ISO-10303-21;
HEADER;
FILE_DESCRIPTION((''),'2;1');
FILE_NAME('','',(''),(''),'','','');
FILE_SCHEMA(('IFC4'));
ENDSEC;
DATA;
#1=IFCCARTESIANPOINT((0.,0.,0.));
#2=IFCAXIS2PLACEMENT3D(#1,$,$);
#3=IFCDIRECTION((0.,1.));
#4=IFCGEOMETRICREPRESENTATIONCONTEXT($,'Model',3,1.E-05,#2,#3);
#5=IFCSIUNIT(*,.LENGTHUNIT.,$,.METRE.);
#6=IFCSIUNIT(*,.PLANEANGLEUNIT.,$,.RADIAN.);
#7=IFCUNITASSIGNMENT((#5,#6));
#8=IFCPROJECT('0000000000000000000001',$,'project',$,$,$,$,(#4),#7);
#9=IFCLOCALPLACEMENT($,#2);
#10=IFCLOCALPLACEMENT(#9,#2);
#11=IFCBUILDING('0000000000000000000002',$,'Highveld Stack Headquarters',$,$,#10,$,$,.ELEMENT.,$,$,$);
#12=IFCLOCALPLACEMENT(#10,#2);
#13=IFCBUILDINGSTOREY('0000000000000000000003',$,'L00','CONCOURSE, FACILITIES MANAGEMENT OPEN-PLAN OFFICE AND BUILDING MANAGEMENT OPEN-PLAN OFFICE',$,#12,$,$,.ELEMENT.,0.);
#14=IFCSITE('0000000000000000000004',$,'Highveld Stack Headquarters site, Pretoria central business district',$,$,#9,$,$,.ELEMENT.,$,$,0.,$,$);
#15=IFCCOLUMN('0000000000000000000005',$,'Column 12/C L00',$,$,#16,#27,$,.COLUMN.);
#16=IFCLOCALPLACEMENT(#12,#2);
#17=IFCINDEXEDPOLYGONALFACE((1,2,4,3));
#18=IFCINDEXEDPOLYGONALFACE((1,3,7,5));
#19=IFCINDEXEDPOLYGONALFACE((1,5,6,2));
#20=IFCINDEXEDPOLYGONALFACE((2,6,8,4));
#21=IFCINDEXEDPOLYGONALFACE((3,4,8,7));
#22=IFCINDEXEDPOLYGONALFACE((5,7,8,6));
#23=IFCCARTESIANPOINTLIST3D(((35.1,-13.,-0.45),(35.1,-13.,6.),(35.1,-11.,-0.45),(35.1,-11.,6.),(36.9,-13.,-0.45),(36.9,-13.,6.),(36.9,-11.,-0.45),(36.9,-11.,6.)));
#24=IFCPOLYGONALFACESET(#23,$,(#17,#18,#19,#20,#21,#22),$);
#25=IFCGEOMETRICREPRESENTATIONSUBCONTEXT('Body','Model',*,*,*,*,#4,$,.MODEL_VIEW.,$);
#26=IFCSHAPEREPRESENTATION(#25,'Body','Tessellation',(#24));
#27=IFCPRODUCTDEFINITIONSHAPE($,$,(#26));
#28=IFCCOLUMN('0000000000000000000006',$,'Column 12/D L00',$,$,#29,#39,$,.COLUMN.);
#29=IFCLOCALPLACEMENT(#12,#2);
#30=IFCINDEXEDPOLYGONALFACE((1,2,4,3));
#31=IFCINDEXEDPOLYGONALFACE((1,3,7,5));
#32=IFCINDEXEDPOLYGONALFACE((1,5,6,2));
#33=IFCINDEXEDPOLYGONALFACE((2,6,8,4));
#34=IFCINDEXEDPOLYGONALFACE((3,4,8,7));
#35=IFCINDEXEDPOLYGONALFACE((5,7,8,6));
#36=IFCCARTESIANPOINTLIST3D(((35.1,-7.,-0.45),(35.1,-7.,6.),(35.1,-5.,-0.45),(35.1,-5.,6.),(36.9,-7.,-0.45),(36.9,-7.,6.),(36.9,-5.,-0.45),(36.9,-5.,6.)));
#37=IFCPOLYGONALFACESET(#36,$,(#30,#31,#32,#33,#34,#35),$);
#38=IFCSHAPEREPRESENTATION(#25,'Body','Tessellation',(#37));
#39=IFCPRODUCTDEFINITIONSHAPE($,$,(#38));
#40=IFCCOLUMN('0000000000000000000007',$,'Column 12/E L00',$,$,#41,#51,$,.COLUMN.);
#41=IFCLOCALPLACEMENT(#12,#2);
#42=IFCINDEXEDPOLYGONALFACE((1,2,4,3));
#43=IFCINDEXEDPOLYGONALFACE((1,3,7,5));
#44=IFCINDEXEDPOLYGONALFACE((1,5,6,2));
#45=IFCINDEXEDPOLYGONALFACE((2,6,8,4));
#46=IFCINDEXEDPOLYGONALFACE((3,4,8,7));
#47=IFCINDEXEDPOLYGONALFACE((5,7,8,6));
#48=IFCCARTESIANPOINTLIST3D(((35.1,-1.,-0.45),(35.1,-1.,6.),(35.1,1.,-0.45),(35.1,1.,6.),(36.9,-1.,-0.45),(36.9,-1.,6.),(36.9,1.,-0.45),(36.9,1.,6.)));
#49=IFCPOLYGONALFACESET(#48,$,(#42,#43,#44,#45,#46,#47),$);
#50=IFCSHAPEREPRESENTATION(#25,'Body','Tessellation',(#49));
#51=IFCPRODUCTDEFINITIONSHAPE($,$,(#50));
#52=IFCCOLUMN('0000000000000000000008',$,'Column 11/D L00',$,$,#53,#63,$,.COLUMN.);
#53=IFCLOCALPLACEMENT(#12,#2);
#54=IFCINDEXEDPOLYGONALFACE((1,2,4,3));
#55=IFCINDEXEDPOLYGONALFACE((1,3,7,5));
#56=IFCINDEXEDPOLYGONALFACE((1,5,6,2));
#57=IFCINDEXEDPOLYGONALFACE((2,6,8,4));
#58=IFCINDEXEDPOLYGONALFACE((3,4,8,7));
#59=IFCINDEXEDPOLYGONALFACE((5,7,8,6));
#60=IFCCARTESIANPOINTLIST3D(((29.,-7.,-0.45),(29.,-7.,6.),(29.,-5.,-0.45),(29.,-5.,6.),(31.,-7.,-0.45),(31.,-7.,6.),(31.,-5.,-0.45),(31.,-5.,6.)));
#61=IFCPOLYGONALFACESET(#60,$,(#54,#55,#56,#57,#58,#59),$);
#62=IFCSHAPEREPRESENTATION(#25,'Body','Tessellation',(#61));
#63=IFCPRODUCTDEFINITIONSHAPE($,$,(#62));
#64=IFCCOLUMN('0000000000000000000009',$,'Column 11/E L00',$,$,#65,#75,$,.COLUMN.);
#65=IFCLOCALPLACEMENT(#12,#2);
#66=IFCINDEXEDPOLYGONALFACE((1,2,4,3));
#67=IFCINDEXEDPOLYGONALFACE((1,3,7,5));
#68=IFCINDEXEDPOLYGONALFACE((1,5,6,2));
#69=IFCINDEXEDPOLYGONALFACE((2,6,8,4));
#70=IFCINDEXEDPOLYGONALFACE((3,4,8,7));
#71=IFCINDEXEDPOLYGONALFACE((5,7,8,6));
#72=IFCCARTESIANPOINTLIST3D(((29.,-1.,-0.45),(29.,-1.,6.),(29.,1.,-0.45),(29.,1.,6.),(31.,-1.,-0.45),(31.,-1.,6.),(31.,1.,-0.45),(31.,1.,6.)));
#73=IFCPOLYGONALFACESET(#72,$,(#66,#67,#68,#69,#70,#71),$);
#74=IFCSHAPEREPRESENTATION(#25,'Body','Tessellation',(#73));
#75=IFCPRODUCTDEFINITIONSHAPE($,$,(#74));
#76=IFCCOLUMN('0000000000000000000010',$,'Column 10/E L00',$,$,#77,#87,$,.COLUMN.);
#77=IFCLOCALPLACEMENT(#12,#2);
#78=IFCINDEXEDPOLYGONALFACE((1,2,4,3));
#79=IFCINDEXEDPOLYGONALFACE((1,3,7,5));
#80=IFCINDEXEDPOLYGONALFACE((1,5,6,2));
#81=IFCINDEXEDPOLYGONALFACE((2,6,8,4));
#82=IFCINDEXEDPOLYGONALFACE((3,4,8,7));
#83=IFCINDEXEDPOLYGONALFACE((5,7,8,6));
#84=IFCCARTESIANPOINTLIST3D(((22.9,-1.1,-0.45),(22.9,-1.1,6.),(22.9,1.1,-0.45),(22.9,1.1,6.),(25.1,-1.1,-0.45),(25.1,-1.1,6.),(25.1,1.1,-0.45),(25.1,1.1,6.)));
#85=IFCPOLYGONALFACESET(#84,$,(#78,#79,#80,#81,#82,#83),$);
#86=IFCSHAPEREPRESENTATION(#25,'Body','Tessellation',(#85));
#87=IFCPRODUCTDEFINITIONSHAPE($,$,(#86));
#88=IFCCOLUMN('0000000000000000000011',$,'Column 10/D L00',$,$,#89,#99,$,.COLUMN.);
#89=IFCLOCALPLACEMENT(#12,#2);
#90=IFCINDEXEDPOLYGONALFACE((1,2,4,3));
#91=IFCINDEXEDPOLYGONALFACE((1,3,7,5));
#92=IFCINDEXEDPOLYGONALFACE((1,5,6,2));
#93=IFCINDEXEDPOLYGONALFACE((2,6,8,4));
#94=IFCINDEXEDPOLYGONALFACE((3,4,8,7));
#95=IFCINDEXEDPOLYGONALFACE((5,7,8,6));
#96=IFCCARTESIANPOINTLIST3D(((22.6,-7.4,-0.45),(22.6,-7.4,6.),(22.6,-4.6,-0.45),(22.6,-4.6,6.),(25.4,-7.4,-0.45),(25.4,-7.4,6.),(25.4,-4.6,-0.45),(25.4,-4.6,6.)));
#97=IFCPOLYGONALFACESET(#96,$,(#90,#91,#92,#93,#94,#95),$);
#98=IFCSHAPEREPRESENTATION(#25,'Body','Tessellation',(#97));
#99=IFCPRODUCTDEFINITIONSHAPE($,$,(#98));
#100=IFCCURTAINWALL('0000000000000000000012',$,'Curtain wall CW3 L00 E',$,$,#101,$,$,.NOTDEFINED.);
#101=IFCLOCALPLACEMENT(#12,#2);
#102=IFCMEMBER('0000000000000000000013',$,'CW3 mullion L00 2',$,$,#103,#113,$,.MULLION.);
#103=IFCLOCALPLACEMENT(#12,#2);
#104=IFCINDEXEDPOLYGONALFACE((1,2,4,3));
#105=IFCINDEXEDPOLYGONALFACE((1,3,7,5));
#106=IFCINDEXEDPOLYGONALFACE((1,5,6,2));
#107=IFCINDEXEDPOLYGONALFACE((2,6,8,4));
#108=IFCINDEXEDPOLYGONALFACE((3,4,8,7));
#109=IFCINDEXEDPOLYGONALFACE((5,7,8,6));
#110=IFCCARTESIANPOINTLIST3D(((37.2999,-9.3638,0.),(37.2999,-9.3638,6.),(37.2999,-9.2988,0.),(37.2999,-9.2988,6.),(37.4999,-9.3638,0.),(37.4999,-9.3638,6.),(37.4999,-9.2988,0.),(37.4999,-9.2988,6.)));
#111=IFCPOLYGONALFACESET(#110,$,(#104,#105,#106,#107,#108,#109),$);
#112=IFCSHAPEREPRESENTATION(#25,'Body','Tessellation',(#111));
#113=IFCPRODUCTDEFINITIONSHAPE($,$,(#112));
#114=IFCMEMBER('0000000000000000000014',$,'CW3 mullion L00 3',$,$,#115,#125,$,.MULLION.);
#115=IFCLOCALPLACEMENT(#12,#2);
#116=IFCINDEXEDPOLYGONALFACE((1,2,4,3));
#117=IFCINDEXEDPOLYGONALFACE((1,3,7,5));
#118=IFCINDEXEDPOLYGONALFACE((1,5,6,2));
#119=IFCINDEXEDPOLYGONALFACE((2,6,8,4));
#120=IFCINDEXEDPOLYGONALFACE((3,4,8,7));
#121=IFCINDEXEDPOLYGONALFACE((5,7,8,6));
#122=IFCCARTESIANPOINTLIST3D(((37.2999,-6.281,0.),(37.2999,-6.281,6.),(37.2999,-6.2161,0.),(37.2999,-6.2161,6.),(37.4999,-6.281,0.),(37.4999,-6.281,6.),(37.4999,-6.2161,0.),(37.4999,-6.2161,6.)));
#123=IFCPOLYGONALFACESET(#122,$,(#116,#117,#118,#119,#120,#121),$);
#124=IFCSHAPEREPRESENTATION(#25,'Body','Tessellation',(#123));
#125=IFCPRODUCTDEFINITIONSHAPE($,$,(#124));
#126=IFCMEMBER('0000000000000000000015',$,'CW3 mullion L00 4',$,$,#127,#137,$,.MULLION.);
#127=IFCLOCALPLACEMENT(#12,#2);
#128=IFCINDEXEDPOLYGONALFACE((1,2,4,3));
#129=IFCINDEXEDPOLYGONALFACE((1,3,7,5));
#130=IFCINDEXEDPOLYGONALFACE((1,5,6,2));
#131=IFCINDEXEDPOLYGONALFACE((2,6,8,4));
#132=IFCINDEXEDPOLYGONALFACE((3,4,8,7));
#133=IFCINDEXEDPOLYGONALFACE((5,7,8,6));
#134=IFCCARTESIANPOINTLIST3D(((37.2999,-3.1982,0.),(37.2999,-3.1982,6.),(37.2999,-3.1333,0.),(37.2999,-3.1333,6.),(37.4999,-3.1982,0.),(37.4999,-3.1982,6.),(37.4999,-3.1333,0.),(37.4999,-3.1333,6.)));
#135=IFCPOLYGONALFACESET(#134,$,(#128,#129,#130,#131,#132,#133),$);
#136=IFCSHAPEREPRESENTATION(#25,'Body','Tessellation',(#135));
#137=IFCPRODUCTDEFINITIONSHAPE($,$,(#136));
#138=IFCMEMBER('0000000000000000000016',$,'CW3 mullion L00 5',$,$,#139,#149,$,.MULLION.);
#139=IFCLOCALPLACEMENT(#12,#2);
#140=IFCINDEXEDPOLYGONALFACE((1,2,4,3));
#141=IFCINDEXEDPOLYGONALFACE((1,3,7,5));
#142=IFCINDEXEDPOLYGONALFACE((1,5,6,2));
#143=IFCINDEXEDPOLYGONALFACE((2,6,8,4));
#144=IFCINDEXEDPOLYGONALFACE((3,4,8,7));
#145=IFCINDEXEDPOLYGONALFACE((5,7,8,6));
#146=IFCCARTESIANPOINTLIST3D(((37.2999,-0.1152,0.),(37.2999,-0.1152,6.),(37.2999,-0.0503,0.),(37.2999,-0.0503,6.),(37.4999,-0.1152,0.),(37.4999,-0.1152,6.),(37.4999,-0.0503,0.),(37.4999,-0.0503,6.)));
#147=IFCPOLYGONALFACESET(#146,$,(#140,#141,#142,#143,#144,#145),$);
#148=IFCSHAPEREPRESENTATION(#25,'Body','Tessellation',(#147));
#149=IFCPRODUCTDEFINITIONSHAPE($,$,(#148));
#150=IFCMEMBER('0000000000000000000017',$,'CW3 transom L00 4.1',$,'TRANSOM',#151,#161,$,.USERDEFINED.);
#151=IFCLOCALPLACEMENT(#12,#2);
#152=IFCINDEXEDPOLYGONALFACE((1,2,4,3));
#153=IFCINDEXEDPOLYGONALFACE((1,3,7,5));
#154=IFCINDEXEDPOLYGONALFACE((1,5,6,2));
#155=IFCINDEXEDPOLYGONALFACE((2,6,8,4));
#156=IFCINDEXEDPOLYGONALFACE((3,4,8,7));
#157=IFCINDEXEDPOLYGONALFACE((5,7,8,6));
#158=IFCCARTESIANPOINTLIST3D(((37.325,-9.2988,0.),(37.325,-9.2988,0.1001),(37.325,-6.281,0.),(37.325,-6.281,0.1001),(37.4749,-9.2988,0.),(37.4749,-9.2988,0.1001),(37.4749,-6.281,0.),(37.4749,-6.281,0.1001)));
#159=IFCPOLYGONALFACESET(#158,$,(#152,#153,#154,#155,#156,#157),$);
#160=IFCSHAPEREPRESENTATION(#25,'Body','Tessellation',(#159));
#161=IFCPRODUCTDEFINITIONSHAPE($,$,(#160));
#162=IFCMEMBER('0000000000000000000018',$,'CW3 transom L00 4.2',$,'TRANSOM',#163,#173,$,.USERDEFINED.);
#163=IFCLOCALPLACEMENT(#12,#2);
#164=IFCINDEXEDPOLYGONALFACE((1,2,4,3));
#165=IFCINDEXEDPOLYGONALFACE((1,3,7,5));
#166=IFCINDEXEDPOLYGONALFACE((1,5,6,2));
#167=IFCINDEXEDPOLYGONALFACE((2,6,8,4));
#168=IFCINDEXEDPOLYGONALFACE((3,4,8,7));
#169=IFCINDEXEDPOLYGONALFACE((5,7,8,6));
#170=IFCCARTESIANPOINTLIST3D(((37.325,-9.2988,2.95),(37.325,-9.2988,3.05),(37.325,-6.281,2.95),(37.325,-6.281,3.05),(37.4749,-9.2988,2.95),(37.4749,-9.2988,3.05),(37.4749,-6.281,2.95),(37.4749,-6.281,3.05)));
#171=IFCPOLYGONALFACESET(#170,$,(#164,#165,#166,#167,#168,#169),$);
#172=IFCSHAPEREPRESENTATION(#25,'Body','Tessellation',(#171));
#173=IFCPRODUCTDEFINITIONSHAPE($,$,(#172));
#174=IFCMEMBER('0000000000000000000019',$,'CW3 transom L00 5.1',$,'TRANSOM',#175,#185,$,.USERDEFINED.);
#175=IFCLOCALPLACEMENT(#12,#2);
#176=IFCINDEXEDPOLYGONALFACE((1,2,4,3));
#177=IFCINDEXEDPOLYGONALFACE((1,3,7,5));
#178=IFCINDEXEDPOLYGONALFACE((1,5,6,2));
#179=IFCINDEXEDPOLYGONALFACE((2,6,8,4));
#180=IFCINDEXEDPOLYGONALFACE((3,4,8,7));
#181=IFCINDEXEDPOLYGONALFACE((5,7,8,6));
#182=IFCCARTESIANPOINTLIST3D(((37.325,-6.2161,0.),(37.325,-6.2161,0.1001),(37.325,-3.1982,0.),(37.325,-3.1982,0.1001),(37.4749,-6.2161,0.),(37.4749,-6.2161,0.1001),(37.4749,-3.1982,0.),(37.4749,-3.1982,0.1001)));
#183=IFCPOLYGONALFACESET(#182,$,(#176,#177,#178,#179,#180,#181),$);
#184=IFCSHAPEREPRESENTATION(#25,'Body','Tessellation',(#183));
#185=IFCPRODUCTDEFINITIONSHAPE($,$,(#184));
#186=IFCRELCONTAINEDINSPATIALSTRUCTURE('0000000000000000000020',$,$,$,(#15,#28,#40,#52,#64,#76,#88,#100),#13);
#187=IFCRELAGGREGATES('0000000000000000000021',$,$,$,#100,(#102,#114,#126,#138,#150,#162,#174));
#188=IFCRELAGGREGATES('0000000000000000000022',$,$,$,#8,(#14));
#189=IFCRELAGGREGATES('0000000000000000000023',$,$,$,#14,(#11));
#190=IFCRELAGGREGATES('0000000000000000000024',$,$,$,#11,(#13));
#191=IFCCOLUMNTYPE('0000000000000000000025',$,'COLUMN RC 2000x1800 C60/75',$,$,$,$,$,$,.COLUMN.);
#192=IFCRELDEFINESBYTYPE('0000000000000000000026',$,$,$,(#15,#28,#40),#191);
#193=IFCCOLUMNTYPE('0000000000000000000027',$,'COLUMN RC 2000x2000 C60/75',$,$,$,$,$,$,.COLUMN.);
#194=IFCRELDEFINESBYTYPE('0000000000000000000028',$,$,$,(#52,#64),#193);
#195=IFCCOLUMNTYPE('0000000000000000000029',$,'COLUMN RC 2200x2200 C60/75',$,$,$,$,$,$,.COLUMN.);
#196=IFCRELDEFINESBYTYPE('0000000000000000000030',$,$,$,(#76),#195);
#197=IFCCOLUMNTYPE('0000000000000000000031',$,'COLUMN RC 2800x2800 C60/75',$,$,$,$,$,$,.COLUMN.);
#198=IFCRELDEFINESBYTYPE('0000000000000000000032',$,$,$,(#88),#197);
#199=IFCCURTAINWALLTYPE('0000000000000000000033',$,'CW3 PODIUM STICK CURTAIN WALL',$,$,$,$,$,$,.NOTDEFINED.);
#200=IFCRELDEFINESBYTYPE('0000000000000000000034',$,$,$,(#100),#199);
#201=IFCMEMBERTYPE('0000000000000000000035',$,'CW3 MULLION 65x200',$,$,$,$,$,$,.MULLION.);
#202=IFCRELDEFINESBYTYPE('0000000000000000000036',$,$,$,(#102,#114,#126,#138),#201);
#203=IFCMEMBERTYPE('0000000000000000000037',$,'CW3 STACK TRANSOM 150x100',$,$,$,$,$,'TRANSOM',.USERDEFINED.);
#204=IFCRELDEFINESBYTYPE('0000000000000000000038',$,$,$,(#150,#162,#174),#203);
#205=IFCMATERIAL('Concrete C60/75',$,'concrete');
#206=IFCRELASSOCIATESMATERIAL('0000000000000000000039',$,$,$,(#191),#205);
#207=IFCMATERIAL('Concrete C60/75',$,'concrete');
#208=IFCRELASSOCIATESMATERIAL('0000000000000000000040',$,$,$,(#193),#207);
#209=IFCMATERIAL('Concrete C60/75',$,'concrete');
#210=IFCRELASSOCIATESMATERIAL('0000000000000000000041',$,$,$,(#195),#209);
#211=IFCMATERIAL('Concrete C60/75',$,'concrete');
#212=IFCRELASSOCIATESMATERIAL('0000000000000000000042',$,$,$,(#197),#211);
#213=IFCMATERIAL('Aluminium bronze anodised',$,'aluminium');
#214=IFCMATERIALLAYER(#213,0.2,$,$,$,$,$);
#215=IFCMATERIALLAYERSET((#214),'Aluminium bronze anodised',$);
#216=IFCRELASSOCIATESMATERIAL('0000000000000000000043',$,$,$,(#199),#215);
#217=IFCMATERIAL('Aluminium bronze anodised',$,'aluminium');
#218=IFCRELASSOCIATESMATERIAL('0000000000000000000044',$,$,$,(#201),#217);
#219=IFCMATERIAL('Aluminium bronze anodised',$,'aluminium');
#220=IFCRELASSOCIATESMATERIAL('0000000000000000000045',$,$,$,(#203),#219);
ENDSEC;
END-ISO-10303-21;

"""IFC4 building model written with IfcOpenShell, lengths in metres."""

from ifc_helpers import new_model, si_unit, direction, frame, origin, origin_2d, place, context, subcontext, project, spatial, rectangle, extrude, material, layer, layer_set, material_profile, profile_set, type_object, element, aggregate, save


model = new_model("IFC4")

# Units and contexts
model_context = context("Model", 3, precision=1e-05, world=origin(), true_north=direction((0.0, 1.0)))
body_context = subcontext(model_context, "Body", "Model", "MODEL_VIEW")
ifc_project = project(units=[si_unit("LENGTHUNIT", "METRE"), si_unit("PLANEANGLEUNIT", "RADIAN")], contexts=[model_context])

# Site, building, storey
site_placement = place(None, origin())
site = spatial("IfcSite", under=ifc_project, at=site_placement, Name="Highveld Stack Headquarters site, Pretoria central business district", CompositionType="ELEMENT", RefElevation=0.0)
building_placement = place(site_placement, origin())
building = spatial("IfcBuilding", under=site, at=building_placement, Name="Highveld Stack Headquarters", CompositionType="ELEMENT")
storey_placement = place(building_placement, origin())
storey = spatial("IfcBuildingStorey", under=building, at=storey_placement, Name="L00", Description="CONCOURSE, FACILITIES MANAGEMENT OPEN-PLAN OFFICE AND BUILDING MANAGEMENT OPEN-PLAN OFFICE", CompositionType="ELEMENT", Elevation=0.0)

# Columns
ifc_material_1 = material(Name="Concrete C60/75", Category="concrete")
ifc_material_profile_1 = material_profile(ifc_material_1, rectangle(XDim=2.0, YDim=1.8, at=origin_2d()), Name="RC 2000x1800")
ifc_profile_set_1 = profile_set([ifc_material_profile_1], Name="Concrete C60/75")
column_type_1 = type_object("IfcColumnType", Name="COLUMN RC 2000x1800 C60/75", PredefinedType="COLUMN", material=ifc_profile_set_1)
for number, where, z_axis, x_axis, name in (
    (1, (36.0, -12.0, -0.45), (0.0, 0.0, 1.0), (0.0, 1.0, 0.0), "Column 12/C L00"),
    (2, (36.0, -6.0, -0.45), (0.0, 0.0, 1.0), (0.0, 1.0, 0.0), "Column 12/D L00"),
    (3, (36.0, 0.0, -0.45), (0.0, 0.0, 1.0), (0.0, 1.0, 0.0), "Column 12/E L00"),
):
    element("IfcColumn", number, at=place(storey_placement, frame(where, z_axis=z_axis, x_axis=x_axis)), inside=storey, type_object=column_type_1, Name=name, PredefinedType="COLUMN", context=body_context, shape_type="SweptSolid", body=[
        extrude(rectangle(XDim=2.0, YDim=1.8, at=origin_2d()), origin(), (0.0, 0.0, 1.0), 6.45),
    ])
ifc_material_2 = material(Name="Concrete C60/75", Category="concrete")
ifc_material_profile_2 = material_profile(ifc_material_2, rectangle(XDim=2.0, YDim=2.0, at=origin_2d()), Name="RC 2000x2000")
ifc_profile_set_2 = profile_set([ifc_material_profile_2], Name="Concrete C60/75")
column_type_2 = type_object("IfcColumnType", Name="COLUMN RC 2000x2000 C60/75", PredefinedType="COLUMN", material=ifc_profile_set_2)
for number, where, z_axis, x_axis, name in (
    (4, (30.0, -6.0, -0.45), (0.0, 0.0, 1.0), (1.0, 0.0, 0.0), "Column 11/D L00"),
    (5, (30.0, 0.0, -0.45), (0.0, 0.0, 1.0), (1.0, 0.0, 0.0), "Column 11/E L00"),
):
    element("IfcColumn", number, at=place(storey_placement, frame(where, z_axis=z_axis, x_axis=x_axis)), inside=storey, type_object=column_type_2, Name=name, PredefinedType="COLUMN", context=body_context, shape_type="SweptSolid", body=[
        extrude(rectangle(XDim=2.0, YDim=2.0, at=origin_2d()), origin(), (0.0, 0.0, 1.0), 6.45),
    ])
ifc_material_3 = material(Name="Concrete C60/75", Category="concrete")
ifc_material_profile_3 = material_profile(ifc_material_3, rectangle(XDim=2.2, YDim=2.2, at=origin_2d()), Name="RC 2200x2200")
ifc_profile_set_3 = profile_set([ifc_material_profile_3], Name="Concrete C60/75")
column_type_3 = type_object("IfcColumnType", Name="COLUMN RC 2200x2200 C60/75", PredefinedType="COLUMN", material=ifc_profile_set_3)
column_1_placement = place(storey_placement, frame((24.0, 0.0, -0.45), z_axis=(0.0, 0.0, 1.0), x_axis=(1.0, 0.0, 0.0)))
element("IfcColumn", 6, at=column_1_placement, inside=storey, type_object=column_type_3, Name="Column 10/E L00", PredefinedType="COLUMN", context=body_context, shape_type="SweptSolid", body=[
    extrude(rectangle(XDim=2.2, YDim=2.2, at=origin_2d()), origin(), (0.0, 0.0, 1.0), 6.45),
])
ifc_material_4 = material(Name="Concrete C60/75", Category="concrete")
ifc_material_profile_4 = material_profile(ifc_material_4, rectangle(XDim=2.8, YDim=2.8, at=origin_2d()), Name="RC 2800x2800")
ifc_profile_set_4 = profile_set([ifc_material_profile_4], Name="Concrete C60/75")
column_type_4 = type_object("IfcColumnType", Name="COLUMN RC 2800x2800 C60/75", PredefinedType="COLUMN", material=ifc_profile_set_4)
column_2_placement = place(storey_placement, frame((24.0, -6.0, -0.45), z_axis=(0.0, 0.0, 1.0), x_axis=(1.0, 0.0, 0.0)))
element("IfcColumn", 7, at=column_2_placement, inside=storey, type_object=column_type_4, Name="Column 10/D L00", PredefinedType="COLUMN", context=body_context, shape_type="SweptSolid", body=[
    extrude(rectangle(XDim=2.8, YDim=2.8, at=origin_2d()), origin(), (0.0, 0.0, 1.0), 6.45),
])

# Curtain wall, members
ifc_material_5 = material(Name="Aluminium bronze anodised", Category="aluminium")
ifc_layer_1 = layer(ifc_material_5, 0.2)
ifc_layer_set_1 = layer_set([ifc_layer_1], Name="Aluminium bronze anodised")
curtain_wall_type = type_object("IfcCurtainWallType", Name="CW3 PODIUM STICK CURTAIN WALL", PredefinedType="NOTDEFINED", material=ifc_layer_set_1)
curtain_wall_placement = place(storey_placement, origin())
curtain_wall = element("IfcCurtainWall", 8, at=curtain_wall_placement, inside=storey, type_object=curtain_wall_type, Name="Curtain wall CW3 L00 E", PredefinedType="NOTDEFINED")
ifc_material_6 = material(Name="Aluminium bronze anodised", Category="aluminium")
ifc_material_profile_5 = material_profile(ifc_material_6, rectangle(XDim=0.2, YDim=0.0649, at=origin_2d()), Name="CW3 MULLION 65x200")
ifc_profile_set_5 = profile_set([ifc_material_profile_5], Name="Aluminium bronze anodised")
member_type_1 = type_object("IfcMemberType", Name="CW3 MULLION 65x200", PredefinedType="MULLION", material=ifc_profile_set_5)
member_1_placement = place(storey_placement, frame((37.3999, -9.3313, 0.0), z_axis=(0.0, 0.0, 1.0), x_axis=(-1.0, 0.0, 0.0)))
member_1 = element("IfcMember", 9, at=member_1_placement, type_object=member_type_1, Name="CW3 mullion L00 2", PredefinedType="MULLION", context=body_context, shape_type="SweptSolid", body=[
    extrude(rectangle(XDim=0.2, YDim=0.0649, at=origin_2d()), origin(), (0.0, 0.0, 1.0), 6.0),
])
member_2_placement = place(storey_placement, frame((37.3999, -6.2485, 0.0), z_axis=(0.0, 0.0, 1.0), x_axis=(-1.0, 0.0, 0.0)))
member_2 = element("IfcMember", 10, at=member_2_placement, type_object=member_type_1, Name="CW3 mullion L00 3", PredefinedType="MULLION", context=body_context, shape_type="SweptSolid", body=[
    extrude(rectangle(XDim=0.2, YDim=0.0649, at=origin_2d()), origin(), (0.0, 0.0, 1.0), 6.0),
])
member_3_placement = place(storey_placement, frame((37.3999, -3.1658, 0.0), z_axis=(0.0, 0.0, 1.0), x_axis=(-1.0, 0.0, 0.0)))
member_3 = element("IfcMember", 11, at=member_3_placement, type_object=member_type_1, Name="CW3 mullion L00 4", PredefinedType="MULLION", context=body_context, shape_type="SweptSolid", body=[
    extrude(rectangle(XDim=0.2, YDim=0.0649, at=origin_2d()), origin(), (0.0, 0.0, 1.0), 6.0),
])
member_4_placement = place(storey_placement, frame((37.3999, -0.0828, 0.0), z_axis=(0.0, 0.0, 1.0), x_axis=(-1.0, 0.0, 0.0)))
member_4 = element("IfcMember", 12, at=member_4_placement, type_object=member_type_1, Name="CW3 mullion L00 5", PredefinedType="MULLION", context=body_context, shape_type="SweptSolid", body=[
    extrude(rectangle(XDim=0.2, YDim=0.0649, at=origin_2d()), origin(), (0.0, 0.0, 1.0), 6.0),
])
ifc_material_7 = material(Name="Aluminium bronze anodised", Category="aluminium")
ifc_material_profile_6 = material_profile(ifc_material_7, rectangle(XDim=0.1499, YDim=0.1001, at=origin_2d()), Name="CW3 TRANSOM 150x100")
ifc_profile_set_6 = profile_set([ifc_material_profile_6], Name="Aluminium bronze anodised")
member_type_2 = type_object("IfcMemberType", Name="CW3 STACK TRANSOM 150x100", ElementType="TRANSOM", PredefinedType="USERDEFINED", material=ifc_profile_set_6)
member_5_placement = place(storey_placement, frame((37.3999, -9.2988, 0.05), z_axis=(0.0, 1.0, 0.0), x_axis=(-1.0, 0.0, 0.0)))
member_5 = element("IfcMember", 13, at=member_5_placement, type_object=member_type_2, Name="CW3 transom L00 4.1", ObjectType="TRANSOM", PredefinedType="USERDEFINED", context=body_context, shape_type="SweptSolid", body=[
    extrude(rectangle(XDim=0.1499, YDim=0.1001, at=origin_2d()), origin(), (0.0, 0.0, 1.0), 3.0178),
])
member_6_placement = place(storey_placement, frame((37.3999, -9.2988, 3.0), z_axis=(0.0, 1.0, 0.0), x_axis=(-1.0, 0.0, 0.0)))
member_6 = element("IfcMember", 14, at=member_6_placement, type_object=member_type_2, Name="CW3 transom L00 4.2", ObjectType="TRANSOM", PredefinedType="USERDEFINED", context=body_context, shape_type="SweptSolid", body=[
    extrude(rectangle(XDim=0.1499, YDim=0.1001, at=origin_2d()), origin(), (0.0, 0.0, 1.0), 3.0178),
])
member_7_placement = place(storey_placement, frame((37.3999, -6.2161, 0.05), z_axis=(0.0, 1.0, 0.0), x_axis=(-1.0, 0.0, 0.0)))
member_7 = element("IfcMember", 15, at=member_7_placement, type_object=member_type_2, Name="CW3 transom L00 5.1", ObjectType="TRANSOM", PredefinedType="USERDEFINED", context=body_context, shape_type="SweptSolid", body=[
    extrude(rectangle(XDim=0.1499, YDim=0.1001, at=origin_2d()), origin(), (0.0, 0.0, 1.0), 3.0178),
])

aggregate(curtain_wall, [member_1, member_2, member_3, member_4, member_5, member_6, member_7])

save(model, "model.ifc")
